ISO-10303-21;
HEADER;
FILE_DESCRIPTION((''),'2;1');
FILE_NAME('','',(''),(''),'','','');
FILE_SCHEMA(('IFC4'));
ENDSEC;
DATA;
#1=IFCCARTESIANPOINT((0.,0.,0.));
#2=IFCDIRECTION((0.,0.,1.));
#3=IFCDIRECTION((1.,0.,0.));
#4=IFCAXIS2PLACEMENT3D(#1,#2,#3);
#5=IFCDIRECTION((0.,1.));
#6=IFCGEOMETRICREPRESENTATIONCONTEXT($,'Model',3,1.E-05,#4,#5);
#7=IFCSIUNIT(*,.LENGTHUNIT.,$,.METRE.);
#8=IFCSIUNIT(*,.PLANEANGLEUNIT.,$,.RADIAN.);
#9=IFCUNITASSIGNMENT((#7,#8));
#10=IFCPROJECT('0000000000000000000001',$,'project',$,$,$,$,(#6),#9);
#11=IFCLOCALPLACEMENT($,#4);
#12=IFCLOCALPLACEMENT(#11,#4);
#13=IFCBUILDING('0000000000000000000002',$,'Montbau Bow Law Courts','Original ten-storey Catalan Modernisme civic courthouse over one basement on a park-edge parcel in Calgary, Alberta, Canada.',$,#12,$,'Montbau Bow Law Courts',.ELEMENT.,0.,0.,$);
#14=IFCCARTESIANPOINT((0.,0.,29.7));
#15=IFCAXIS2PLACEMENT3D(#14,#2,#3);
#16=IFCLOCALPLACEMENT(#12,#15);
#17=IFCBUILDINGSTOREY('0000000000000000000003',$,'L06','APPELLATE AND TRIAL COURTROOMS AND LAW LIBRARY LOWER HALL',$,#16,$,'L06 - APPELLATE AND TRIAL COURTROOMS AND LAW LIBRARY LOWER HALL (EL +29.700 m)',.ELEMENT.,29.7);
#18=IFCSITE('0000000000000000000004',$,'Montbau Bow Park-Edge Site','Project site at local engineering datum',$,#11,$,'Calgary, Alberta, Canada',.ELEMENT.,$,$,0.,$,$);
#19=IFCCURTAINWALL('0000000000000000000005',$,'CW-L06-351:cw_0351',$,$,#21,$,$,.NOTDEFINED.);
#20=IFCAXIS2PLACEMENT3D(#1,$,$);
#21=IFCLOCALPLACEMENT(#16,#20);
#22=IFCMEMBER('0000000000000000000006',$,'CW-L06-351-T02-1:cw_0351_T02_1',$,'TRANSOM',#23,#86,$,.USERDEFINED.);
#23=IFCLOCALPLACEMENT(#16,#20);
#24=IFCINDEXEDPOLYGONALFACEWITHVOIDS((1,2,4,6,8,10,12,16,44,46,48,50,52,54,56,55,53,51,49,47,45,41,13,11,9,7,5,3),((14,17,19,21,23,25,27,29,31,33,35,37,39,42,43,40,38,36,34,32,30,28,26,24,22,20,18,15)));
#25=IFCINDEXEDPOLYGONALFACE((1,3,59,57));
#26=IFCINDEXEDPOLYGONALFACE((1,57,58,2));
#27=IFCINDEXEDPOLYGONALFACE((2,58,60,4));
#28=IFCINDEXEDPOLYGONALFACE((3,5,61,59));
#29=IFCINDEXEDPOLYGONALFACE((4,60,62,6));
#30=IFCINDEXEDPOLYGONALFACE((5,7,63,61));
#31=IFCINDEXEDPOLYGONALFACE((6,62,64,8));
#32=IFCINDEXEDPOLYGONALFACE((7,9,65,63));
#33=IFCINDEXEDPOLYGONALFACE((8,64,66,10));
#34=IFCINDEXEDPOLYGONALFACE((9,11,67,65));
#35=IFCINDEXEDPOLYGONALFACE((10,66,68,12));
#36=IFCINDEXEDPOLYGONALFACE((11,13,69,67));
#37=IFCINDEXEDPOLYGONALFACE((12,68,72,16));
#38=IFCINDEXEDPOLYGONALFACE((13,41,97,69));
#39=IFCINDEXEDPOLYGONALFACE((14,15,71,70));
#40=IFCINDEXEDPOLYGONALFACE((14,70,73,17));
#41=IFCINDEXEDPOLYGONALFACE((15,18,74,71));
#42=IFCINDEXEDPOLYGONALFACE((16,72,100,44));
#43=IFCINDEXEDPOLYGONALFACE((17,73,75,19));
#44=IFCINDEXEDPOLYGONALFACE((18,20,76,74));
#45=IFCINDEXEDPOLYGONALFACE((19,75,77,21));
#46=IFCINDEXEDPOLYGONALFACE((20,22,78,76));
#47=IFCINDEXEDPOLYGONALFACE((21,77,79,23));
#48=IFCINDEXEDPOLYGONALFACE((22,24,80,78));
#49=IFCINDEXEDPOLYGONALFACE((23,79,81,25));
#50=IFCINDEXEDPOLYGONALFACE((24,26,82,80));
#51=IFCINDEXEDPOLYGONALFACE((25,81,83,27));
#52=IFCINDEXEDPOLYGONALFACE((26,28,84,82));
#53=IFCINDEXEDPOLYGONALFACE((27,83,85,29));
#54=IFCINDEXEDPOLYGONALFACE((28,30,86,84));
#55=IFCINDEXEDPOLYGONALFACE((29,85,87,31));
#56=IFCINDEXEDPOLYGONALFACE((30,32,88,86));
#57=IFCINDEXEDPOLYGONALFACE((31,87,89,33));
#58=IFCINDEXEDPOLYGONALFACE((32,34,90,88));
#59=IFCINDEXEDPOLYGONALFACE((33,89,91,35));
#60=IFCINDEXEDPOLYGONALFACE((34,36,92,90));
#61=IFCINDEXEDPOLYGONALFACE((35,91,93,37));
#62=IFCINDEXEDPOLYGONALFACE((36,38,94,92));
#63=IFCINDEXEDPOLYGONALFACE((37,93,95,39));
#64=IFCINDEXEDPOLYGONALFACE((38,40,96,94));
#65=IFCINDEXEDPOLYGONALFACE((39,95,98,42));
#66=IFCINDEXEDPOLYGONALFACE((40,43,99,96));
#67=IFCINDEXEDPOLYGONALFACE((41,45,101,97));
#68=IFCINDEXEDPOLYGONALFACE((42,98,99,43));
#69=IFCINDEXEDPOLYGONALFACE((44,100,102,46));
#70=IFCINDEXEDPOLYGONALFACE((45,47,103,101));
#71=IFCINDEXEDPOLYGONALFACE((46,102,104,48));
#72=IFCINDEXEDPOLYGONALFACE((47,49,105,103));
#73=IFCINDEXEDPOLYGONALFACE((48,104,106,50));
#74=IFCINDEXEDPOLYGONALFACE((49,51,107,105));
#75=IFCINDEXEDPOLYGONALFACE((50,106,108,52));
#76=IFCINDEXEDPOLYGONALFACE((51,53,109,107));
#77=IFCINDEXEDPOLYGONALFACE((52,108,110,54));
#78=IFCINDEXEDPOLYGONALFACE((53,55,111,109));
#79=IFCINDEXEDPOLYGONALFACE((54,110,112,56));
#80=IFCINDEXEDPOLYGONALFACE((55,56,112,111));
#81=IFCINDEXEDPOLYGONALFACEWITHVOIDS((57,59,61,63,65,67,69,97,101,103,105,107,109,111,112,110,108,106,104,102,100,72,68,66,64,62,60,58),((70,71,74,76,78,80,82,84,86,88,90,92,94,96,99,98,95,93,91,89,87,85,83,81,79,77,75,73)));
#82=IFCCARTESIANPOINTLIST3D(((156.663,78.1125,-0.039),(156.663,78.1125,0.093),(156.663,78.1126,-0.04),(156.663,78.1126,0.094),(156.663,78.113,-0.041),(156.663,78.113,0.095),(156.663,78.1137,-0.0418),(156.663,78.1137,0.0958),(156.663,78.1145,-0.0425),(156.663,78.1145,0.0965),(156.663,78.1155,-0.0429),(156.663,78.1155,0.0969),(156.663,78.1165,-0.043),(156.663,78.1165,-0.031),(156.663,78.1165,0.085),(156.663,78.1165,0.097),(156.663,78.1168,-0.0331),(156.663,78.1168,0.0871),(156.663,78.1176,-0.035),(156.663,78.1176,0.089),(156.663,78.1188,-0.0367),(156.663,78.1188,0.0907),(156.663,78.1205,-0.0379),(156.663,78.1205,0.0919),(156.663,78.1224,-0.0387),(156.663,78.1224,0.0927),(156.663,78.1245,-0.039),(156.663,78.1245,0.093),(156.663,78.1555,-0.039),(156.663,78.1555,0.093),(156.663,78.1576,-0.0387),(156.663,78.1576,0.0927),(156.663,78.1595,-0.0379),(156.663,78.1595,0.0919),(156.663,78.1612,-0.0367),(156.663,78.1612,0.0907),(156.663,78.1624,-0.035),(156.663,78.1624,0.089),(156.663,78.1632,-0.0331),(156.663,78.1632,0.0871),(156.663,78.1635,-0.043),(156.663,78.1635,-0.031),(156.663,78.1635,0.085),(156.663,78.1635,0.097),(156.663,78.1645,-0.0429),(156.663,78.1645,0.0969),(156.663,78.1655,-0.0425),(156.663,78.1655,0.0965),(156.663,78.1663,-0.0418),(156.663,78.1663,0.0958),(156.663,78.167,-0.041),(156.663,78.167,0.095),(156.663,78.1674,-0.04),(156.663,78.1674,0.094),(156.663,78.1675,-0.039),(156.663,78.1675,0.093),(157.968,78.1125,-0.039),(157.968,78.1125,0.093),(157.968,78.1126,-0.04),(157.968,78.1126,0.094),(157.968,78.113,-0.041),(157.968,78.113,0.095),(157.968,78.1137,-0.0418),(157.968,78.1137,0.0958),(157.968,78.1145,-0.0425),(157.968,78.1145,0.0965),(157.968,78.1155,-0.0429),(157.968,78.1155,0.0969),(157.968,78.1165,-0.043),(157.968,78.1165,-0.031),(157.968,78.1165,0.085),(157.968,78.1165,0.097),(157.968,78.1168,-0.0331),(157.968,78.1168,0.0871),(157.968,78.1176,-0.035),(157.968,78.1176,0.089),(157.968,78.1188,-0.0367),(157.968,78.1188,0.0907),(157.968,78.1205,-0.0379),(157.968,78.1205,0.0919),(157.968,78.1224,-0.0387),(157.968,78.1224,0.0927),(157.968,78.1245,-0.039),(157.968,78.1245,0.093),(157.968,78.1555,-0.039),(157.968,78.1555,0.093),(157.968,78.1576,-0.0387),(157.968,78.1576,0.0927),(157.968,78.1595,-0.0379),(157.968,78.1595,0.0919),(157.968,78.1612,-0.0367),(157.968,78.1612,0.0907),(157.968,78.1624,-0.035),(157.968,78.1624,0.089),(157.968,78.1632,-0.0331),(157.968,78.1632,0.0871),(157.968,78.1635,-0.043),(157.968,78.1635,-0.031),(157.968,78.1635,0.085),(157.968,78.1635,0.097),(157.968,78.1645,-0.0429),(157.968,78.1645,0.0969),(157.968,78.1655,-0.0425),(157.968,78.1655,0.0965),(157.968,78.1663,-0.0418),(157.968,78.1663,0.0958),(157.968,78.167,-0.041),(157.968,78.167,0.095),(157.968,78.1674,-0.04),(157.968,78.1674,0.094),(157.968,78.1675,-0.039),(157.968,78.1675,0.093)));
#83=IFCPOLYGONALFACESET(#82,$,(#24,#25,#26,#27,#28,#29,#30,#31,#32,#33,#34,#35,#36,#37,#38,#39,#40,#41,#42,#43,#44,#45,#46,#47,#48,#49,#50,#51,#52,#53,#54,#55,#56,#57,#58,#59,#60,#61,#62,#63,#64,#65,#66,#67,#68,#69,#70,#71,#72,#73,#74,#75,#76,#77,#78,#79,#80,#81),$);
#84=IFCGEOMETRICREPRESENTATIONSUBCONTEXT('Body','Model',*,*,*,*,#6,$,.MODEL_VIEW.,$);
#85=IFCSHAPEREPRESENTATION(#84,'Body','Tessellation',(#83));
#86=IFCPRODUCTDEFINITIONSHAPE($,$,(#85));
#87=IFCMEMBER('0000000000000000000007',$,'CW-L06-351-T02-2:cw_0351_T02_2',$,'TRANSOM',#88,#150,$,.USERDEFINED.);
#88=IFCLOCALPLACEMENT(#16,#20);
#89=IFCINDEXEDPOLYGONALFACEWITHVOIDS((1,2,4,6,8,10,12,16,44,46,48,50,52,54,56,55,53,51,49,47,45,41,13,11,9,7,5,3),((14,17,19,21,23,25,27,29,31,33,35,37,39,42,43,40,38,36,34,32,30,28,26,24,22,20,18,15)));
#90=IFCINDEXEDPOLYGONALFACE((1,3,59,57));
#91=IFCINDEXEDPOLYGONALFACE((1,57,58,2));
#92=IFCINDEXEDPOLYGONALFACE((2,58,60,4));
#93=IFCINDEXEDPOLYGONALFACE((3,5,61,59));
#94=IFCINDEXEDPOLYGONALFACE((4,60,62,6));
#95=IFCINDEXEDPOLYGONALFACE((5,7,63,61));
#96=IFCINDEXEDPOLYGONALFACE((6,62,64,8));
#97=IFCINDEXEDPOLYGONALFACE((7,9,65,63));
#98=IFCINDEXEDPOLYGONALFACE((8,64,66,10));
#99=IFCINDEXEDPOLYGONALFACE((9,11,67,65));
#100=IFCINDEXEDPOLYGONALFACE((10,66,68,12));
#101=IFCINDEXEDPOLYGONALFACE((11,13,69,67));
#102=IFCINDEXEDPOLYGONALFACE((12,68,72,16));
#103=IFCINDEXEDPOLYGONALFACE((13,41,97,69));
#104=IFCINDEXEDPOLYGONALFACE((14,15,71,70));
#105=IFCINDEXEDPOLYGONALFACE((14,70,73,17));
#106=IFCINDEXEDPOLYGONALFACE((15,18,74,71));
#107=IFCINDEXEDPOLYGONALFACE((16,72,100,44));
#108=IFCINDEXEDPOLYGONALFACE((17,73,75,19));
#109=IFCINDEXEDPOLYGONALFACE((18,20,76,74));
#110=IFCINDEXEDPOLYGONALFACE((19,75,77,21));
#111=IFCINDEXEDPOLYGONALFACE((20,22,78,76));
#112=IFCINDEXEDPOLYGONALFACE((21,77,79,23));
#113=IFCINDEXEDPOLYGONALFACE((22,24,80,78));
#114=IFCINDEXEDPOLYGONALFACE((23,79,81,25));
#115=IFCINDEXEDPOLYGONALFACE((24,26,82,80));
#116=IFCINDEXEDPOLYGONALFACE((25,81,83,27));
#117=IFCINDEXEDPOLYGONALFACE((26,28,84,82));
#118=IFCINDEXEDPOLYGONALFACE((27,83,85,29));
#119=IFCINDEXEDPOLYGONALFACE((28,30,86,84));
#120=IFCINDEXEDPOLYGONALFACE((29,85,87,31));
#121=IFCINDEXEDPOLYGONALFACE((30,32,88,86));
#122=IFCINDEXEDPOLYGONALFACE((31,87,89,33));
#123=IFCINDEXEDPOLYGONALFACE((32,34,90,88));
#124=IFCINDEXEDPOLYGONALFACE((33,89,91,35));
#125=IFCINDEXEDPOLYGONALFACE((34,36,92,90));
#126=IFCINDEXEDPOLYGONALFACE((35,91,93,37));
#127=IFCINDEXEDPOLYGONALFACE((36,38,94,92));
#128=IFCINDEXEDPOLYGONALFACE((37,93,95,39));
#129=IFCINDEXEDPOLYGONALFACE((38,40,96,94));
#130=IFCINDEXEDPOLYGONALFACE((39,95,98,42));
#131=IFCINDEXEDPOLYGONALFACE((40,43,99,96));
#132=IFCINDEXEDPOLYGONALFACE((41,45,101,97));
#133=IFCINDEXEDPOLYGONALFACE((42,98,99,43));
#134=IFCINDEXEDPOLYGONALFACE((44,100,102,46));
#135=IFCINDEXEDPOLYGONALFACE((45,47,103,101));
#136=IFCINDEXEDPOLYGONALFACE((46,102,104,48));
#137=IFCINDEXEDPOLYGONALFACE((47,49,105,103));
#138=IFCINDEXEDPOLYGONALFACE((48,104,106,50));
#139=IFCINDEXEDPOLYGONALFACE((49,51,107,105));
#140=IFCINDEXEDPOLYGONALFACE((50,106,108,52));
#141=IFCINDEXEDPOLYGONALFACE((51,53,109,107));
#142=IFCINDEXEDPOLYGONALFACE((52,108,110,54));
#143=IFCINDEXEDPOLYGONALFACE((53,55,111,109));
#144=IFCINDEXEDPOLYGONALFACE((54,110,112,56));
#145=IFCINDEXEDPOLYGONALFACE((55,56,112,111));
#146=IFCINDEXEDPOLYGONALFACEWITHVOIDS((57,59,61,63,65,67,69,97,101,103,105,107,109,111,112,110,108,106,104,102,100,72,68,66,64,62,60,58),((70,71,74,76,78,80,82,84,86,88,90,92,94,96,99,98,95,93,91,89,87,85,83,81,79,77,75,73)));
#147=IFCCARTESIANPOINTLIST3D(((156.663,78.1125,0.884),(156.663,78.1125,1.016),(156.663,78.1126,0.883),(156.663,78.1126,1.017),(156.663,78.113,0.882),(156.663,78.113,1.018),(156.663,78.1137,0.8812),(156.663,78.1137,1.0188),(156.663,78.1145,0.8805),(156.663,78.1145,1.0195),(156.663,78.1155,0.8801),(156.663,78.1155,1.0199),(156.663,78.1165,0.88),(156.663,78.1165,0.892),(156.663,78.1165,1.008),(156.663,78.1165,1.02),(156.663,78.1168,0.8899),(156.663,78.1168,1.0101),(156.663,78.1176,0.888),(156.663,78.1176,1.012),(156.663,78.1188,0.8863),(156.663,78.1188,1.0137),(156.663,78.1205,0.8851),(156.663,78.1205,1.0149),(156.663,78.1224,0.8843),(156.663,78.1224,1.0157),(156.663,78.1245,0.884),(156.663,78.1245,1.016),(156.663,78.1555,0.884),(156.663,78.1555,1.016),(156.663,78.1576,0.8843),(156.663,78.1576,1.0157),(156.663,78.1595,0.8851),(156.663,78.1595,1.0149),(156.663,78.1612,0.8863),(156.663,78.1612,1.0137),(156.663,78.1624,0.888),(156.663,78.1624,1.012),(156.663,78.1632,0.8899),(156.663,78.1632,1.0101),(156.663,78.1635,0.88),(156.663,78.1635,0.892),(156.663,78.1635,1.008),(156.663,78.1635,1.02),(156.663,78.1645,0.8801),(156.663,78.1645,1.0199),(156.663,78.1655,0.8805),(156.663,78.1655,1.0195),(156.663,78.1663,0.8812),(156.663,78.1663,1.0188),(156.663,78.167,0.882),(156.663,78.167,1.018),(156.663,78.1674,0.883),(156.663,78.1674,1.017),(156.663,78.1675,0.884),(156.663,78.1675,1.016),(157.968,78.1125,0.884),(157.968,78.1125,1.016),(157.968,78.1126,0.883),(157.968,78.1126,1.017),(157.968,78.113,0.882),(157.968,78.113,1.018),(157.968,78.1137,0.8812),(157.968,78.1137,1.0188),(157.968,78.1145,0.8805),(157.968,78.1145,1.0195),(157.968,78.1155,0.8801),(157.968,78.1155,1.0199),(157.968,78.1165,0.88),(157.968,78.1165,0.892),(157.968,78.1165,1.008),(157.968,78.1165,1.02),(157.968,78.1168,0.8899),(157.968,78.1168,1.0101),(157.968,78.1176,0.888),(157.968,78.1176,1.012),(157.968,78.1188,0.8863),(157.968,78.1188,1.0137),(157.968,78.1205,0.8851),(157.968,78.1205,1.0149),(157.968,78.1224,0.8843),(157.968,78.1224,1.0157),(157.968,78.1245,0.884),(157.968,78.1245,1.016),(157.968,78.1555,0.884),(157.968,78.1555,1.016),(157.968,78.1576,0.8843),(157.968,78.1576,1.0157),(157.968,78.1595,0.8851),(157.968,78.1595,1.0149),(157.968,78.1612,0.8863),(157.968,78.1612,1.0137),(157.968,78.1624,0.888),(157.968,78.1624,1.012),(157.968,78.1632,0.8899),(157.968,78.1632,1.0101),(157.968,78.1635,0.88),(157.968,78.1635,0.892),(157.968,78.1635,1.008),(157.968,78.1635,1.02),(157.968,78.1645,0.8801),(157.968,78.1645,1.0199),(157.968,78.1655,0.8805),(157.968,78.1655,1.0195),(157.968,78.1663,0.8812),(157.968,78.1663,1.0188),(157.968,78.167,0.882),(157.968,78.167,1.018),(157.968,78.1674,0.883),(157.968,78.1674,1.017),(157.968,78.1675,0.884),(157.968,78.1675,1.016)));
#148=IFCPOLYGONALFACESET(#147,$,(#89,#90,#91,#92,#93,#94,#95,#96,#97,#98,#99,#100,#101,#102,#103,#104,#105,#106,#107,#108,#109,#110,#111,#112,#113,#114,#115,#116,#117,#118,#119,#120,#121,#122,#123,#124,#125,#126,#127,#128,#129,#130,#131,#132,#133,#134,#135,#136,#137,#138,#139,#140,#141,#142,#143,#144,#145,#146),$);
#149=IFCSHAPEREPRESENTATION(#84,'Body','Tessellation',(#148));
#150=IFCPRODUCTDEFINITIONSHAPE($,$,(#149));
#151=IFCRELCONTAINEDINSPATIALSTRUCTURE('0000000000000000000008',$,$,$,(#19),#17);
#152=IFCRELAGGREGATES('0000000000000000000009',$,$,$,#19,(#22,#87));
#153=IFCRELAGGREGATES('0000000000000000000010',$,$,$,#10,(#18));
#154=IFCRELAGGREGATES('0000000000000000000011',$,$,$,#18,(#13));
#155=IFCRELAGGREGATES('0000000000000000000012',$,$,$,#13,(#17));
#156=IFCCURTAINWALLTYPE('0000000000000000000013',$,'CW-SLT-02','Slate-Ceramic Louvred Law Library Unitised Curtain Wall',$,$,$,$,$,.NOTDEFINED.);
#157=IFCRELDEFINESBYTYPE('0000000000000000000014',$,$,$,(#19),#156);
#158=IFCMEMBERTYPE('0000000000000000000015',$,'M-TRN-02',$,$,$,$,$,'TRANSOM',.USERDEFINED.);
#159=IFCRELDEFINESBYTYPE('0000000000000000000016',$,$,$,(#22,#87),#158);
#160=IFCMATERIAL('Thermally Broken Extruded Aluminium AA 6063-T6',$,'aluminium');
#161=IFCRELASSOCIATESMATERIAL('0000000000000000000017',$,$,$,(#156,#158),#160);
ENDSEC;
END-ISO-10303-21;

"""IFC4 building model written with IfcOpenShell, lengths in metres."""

from ifc_helpers import new_model, si_unit, direction, frame, origin_with_axes, origin_2d_with_axis, place, context, subcontext, project, spatial, hollow_rectangle, extrude, material, material_profile, profile_set, type_object, element, aggregate, save


model = new_model("IFC4")

# Units and contexts
model_context = context("Model", 3, precision=1e-05, world=origin_with_axes(), true_north=direction((0.0, 1.0)))
body_context = subcontext(model_context, "Body", "Model", "MODEL_VIEW")
ifc_project = project(units=[si_unit("LENGTHUNIT", "METRE"), si_unit("PLANEANGLEUNIT", "RADIAN")], contexts=[model_context])

# Site, building, storey
site_placement = place(None, origin_with_axes())
site = spatial("IfcSite", under=ifc_project, at=site_placement, Name="Montbau Bow Park-Edge Site", Description="Project site at local engineering datum", LongName="Calgary, Alberta, Canada", CompositionType="ELEMENT", RefElevation=0.0)
building_placement = place(site_placement, origin_with_axes())
building = spatial("IfcBuilding", under=site, at=building_placement, Name="Montbau Bow Law Courts", Description="Original ten-storey Catalan Modernisme civic courthouse over one basement on a park-edge parcel in Calgary, Alberta, Canada.", LongName="Montbau Bow Law Courts", CompositionType="ELEMENT", ElevationOfRefHeight=0.0, ElevationOfTerrain=0.0)
storey_placement = place(building_placement, frame((0.0, 0.0, 29.7), z_axis=(0.0, 0.0, 1.0), x_axis=(1.0, 0.0, 0.0)))
storey = spatial("IfcBuildingStorey", under=building, at=storey_placement, Name="L06", Description="APPELLATE AND TRIAL COURTROOMS AND LAW LIBRARY LOWER HALL", LongName="L06 - APPELLATE AND TRIAL COURTROOMS AND LAW LIBRARY LOWER HALL (EL +29.700 m)", CompositionType="ELEMENT", Elevation=29.7)

# Curtain wall
ifc_material_1 = material(Name="Thermally Broken Extruded Aluminium AA 6063-T6", Category="aluminium")
curtain_wall_type = type_object("IfcCurtainWallType", Name="CW-SLT-02", Description="Slate-Ceramic Louvred Law Library Unitised Curtain Wall", PredefinedType="NOTDEFINED", material=ifc_material_1)
curtain_wall_1_placement = place(None, frame((155.24, 78.14, 29.7), z_axis=(0.0, 0.0, 1.0), x_axis=(1.0, 0.0, 0.0)))
curtain_wall_1 = element("IfcCurtainWall", 1, at=curtain_wall_1_placement, inside=storey, type_object=curtain_wall_type, Name="CW-L06-351:cw_0351", PredefinedType="NOTDEFINED")

# Members
ifc_material_profile_1 = material_profile(ifc_material_1, hollow_rectangle(XDim=0.055, YDim=0.14, WallThickness=0.004, InnerFilletRadius=0.008, OuterFilletRadius=0.004, at=origin_2d_with_axis()), Name="CWT-140X55", Category="Main", Priority=0)
ifc_profile_set_1 = profile_set([ifc_material_profile_1], Name="Thermally Broken Extruded Aluminium AA 6063-T6")
member_type_1 = type_object("IfcMemberType", Name="M-TRN-02", ElementType="TRANSOM", PredefinedType="USERDEFINED", material=ifc_profile_set_1)
member_1_placement = place(None, frame((156.663, 78.14, 29.727), z_axis=(1.0, 0.0, 0.0), x_axis=(0.0, 1.0, 0.0)))
member_1 = element("IfcMember", 2, at=member_1_placement, type_object=member_type_1, Name="CW-L06-351-T02-1:cw_0351_T02_1", ObjectType="TRANSOM", PredefinedType="USERDEFINED", context=body_context, shape_type="SweptSolid", body=[
    extrude(hollow_rectangle(XDim=0.055, YDim=0.14, WallThickness=0.004, InnerFilletRadius=0.008, OuterFilletRadius=0.004, at=origin_2d_with_axis()), origin_with_axes(), (0.0, 0.0, 1.0), 1.305),
])
member_2_placement = place(None, frame((156.663, 78.14, 30.65), z_axis=(1.0, 0.0, 0.0), x_axis=(0.0, 1.0, 0.0)))
member_2 = element("IfcMember", 3, at=member_2_placement, type_object=member_type_1, Name="CW-L06-351-T02-2:cw_0351_T02_2", ObjectType="TRANSOM", PredefinedType="USERDEFINED", context=body_context, shape_type="SweptSolid", body=[
    extrude(hollow_rectangle(XDim=0.055, YDim=0.14, WallThickness=0.004, InnerFilletRadius=0.008, OuterFilletRadius=0.004, at=origin_2d_with_axis()), origin_with_axes(), (0.0, 0.0, 1.0), 1.305),
])

aggregate(curtain_wall_1, [member_1, member_2])

save(model, "model.ifc")
